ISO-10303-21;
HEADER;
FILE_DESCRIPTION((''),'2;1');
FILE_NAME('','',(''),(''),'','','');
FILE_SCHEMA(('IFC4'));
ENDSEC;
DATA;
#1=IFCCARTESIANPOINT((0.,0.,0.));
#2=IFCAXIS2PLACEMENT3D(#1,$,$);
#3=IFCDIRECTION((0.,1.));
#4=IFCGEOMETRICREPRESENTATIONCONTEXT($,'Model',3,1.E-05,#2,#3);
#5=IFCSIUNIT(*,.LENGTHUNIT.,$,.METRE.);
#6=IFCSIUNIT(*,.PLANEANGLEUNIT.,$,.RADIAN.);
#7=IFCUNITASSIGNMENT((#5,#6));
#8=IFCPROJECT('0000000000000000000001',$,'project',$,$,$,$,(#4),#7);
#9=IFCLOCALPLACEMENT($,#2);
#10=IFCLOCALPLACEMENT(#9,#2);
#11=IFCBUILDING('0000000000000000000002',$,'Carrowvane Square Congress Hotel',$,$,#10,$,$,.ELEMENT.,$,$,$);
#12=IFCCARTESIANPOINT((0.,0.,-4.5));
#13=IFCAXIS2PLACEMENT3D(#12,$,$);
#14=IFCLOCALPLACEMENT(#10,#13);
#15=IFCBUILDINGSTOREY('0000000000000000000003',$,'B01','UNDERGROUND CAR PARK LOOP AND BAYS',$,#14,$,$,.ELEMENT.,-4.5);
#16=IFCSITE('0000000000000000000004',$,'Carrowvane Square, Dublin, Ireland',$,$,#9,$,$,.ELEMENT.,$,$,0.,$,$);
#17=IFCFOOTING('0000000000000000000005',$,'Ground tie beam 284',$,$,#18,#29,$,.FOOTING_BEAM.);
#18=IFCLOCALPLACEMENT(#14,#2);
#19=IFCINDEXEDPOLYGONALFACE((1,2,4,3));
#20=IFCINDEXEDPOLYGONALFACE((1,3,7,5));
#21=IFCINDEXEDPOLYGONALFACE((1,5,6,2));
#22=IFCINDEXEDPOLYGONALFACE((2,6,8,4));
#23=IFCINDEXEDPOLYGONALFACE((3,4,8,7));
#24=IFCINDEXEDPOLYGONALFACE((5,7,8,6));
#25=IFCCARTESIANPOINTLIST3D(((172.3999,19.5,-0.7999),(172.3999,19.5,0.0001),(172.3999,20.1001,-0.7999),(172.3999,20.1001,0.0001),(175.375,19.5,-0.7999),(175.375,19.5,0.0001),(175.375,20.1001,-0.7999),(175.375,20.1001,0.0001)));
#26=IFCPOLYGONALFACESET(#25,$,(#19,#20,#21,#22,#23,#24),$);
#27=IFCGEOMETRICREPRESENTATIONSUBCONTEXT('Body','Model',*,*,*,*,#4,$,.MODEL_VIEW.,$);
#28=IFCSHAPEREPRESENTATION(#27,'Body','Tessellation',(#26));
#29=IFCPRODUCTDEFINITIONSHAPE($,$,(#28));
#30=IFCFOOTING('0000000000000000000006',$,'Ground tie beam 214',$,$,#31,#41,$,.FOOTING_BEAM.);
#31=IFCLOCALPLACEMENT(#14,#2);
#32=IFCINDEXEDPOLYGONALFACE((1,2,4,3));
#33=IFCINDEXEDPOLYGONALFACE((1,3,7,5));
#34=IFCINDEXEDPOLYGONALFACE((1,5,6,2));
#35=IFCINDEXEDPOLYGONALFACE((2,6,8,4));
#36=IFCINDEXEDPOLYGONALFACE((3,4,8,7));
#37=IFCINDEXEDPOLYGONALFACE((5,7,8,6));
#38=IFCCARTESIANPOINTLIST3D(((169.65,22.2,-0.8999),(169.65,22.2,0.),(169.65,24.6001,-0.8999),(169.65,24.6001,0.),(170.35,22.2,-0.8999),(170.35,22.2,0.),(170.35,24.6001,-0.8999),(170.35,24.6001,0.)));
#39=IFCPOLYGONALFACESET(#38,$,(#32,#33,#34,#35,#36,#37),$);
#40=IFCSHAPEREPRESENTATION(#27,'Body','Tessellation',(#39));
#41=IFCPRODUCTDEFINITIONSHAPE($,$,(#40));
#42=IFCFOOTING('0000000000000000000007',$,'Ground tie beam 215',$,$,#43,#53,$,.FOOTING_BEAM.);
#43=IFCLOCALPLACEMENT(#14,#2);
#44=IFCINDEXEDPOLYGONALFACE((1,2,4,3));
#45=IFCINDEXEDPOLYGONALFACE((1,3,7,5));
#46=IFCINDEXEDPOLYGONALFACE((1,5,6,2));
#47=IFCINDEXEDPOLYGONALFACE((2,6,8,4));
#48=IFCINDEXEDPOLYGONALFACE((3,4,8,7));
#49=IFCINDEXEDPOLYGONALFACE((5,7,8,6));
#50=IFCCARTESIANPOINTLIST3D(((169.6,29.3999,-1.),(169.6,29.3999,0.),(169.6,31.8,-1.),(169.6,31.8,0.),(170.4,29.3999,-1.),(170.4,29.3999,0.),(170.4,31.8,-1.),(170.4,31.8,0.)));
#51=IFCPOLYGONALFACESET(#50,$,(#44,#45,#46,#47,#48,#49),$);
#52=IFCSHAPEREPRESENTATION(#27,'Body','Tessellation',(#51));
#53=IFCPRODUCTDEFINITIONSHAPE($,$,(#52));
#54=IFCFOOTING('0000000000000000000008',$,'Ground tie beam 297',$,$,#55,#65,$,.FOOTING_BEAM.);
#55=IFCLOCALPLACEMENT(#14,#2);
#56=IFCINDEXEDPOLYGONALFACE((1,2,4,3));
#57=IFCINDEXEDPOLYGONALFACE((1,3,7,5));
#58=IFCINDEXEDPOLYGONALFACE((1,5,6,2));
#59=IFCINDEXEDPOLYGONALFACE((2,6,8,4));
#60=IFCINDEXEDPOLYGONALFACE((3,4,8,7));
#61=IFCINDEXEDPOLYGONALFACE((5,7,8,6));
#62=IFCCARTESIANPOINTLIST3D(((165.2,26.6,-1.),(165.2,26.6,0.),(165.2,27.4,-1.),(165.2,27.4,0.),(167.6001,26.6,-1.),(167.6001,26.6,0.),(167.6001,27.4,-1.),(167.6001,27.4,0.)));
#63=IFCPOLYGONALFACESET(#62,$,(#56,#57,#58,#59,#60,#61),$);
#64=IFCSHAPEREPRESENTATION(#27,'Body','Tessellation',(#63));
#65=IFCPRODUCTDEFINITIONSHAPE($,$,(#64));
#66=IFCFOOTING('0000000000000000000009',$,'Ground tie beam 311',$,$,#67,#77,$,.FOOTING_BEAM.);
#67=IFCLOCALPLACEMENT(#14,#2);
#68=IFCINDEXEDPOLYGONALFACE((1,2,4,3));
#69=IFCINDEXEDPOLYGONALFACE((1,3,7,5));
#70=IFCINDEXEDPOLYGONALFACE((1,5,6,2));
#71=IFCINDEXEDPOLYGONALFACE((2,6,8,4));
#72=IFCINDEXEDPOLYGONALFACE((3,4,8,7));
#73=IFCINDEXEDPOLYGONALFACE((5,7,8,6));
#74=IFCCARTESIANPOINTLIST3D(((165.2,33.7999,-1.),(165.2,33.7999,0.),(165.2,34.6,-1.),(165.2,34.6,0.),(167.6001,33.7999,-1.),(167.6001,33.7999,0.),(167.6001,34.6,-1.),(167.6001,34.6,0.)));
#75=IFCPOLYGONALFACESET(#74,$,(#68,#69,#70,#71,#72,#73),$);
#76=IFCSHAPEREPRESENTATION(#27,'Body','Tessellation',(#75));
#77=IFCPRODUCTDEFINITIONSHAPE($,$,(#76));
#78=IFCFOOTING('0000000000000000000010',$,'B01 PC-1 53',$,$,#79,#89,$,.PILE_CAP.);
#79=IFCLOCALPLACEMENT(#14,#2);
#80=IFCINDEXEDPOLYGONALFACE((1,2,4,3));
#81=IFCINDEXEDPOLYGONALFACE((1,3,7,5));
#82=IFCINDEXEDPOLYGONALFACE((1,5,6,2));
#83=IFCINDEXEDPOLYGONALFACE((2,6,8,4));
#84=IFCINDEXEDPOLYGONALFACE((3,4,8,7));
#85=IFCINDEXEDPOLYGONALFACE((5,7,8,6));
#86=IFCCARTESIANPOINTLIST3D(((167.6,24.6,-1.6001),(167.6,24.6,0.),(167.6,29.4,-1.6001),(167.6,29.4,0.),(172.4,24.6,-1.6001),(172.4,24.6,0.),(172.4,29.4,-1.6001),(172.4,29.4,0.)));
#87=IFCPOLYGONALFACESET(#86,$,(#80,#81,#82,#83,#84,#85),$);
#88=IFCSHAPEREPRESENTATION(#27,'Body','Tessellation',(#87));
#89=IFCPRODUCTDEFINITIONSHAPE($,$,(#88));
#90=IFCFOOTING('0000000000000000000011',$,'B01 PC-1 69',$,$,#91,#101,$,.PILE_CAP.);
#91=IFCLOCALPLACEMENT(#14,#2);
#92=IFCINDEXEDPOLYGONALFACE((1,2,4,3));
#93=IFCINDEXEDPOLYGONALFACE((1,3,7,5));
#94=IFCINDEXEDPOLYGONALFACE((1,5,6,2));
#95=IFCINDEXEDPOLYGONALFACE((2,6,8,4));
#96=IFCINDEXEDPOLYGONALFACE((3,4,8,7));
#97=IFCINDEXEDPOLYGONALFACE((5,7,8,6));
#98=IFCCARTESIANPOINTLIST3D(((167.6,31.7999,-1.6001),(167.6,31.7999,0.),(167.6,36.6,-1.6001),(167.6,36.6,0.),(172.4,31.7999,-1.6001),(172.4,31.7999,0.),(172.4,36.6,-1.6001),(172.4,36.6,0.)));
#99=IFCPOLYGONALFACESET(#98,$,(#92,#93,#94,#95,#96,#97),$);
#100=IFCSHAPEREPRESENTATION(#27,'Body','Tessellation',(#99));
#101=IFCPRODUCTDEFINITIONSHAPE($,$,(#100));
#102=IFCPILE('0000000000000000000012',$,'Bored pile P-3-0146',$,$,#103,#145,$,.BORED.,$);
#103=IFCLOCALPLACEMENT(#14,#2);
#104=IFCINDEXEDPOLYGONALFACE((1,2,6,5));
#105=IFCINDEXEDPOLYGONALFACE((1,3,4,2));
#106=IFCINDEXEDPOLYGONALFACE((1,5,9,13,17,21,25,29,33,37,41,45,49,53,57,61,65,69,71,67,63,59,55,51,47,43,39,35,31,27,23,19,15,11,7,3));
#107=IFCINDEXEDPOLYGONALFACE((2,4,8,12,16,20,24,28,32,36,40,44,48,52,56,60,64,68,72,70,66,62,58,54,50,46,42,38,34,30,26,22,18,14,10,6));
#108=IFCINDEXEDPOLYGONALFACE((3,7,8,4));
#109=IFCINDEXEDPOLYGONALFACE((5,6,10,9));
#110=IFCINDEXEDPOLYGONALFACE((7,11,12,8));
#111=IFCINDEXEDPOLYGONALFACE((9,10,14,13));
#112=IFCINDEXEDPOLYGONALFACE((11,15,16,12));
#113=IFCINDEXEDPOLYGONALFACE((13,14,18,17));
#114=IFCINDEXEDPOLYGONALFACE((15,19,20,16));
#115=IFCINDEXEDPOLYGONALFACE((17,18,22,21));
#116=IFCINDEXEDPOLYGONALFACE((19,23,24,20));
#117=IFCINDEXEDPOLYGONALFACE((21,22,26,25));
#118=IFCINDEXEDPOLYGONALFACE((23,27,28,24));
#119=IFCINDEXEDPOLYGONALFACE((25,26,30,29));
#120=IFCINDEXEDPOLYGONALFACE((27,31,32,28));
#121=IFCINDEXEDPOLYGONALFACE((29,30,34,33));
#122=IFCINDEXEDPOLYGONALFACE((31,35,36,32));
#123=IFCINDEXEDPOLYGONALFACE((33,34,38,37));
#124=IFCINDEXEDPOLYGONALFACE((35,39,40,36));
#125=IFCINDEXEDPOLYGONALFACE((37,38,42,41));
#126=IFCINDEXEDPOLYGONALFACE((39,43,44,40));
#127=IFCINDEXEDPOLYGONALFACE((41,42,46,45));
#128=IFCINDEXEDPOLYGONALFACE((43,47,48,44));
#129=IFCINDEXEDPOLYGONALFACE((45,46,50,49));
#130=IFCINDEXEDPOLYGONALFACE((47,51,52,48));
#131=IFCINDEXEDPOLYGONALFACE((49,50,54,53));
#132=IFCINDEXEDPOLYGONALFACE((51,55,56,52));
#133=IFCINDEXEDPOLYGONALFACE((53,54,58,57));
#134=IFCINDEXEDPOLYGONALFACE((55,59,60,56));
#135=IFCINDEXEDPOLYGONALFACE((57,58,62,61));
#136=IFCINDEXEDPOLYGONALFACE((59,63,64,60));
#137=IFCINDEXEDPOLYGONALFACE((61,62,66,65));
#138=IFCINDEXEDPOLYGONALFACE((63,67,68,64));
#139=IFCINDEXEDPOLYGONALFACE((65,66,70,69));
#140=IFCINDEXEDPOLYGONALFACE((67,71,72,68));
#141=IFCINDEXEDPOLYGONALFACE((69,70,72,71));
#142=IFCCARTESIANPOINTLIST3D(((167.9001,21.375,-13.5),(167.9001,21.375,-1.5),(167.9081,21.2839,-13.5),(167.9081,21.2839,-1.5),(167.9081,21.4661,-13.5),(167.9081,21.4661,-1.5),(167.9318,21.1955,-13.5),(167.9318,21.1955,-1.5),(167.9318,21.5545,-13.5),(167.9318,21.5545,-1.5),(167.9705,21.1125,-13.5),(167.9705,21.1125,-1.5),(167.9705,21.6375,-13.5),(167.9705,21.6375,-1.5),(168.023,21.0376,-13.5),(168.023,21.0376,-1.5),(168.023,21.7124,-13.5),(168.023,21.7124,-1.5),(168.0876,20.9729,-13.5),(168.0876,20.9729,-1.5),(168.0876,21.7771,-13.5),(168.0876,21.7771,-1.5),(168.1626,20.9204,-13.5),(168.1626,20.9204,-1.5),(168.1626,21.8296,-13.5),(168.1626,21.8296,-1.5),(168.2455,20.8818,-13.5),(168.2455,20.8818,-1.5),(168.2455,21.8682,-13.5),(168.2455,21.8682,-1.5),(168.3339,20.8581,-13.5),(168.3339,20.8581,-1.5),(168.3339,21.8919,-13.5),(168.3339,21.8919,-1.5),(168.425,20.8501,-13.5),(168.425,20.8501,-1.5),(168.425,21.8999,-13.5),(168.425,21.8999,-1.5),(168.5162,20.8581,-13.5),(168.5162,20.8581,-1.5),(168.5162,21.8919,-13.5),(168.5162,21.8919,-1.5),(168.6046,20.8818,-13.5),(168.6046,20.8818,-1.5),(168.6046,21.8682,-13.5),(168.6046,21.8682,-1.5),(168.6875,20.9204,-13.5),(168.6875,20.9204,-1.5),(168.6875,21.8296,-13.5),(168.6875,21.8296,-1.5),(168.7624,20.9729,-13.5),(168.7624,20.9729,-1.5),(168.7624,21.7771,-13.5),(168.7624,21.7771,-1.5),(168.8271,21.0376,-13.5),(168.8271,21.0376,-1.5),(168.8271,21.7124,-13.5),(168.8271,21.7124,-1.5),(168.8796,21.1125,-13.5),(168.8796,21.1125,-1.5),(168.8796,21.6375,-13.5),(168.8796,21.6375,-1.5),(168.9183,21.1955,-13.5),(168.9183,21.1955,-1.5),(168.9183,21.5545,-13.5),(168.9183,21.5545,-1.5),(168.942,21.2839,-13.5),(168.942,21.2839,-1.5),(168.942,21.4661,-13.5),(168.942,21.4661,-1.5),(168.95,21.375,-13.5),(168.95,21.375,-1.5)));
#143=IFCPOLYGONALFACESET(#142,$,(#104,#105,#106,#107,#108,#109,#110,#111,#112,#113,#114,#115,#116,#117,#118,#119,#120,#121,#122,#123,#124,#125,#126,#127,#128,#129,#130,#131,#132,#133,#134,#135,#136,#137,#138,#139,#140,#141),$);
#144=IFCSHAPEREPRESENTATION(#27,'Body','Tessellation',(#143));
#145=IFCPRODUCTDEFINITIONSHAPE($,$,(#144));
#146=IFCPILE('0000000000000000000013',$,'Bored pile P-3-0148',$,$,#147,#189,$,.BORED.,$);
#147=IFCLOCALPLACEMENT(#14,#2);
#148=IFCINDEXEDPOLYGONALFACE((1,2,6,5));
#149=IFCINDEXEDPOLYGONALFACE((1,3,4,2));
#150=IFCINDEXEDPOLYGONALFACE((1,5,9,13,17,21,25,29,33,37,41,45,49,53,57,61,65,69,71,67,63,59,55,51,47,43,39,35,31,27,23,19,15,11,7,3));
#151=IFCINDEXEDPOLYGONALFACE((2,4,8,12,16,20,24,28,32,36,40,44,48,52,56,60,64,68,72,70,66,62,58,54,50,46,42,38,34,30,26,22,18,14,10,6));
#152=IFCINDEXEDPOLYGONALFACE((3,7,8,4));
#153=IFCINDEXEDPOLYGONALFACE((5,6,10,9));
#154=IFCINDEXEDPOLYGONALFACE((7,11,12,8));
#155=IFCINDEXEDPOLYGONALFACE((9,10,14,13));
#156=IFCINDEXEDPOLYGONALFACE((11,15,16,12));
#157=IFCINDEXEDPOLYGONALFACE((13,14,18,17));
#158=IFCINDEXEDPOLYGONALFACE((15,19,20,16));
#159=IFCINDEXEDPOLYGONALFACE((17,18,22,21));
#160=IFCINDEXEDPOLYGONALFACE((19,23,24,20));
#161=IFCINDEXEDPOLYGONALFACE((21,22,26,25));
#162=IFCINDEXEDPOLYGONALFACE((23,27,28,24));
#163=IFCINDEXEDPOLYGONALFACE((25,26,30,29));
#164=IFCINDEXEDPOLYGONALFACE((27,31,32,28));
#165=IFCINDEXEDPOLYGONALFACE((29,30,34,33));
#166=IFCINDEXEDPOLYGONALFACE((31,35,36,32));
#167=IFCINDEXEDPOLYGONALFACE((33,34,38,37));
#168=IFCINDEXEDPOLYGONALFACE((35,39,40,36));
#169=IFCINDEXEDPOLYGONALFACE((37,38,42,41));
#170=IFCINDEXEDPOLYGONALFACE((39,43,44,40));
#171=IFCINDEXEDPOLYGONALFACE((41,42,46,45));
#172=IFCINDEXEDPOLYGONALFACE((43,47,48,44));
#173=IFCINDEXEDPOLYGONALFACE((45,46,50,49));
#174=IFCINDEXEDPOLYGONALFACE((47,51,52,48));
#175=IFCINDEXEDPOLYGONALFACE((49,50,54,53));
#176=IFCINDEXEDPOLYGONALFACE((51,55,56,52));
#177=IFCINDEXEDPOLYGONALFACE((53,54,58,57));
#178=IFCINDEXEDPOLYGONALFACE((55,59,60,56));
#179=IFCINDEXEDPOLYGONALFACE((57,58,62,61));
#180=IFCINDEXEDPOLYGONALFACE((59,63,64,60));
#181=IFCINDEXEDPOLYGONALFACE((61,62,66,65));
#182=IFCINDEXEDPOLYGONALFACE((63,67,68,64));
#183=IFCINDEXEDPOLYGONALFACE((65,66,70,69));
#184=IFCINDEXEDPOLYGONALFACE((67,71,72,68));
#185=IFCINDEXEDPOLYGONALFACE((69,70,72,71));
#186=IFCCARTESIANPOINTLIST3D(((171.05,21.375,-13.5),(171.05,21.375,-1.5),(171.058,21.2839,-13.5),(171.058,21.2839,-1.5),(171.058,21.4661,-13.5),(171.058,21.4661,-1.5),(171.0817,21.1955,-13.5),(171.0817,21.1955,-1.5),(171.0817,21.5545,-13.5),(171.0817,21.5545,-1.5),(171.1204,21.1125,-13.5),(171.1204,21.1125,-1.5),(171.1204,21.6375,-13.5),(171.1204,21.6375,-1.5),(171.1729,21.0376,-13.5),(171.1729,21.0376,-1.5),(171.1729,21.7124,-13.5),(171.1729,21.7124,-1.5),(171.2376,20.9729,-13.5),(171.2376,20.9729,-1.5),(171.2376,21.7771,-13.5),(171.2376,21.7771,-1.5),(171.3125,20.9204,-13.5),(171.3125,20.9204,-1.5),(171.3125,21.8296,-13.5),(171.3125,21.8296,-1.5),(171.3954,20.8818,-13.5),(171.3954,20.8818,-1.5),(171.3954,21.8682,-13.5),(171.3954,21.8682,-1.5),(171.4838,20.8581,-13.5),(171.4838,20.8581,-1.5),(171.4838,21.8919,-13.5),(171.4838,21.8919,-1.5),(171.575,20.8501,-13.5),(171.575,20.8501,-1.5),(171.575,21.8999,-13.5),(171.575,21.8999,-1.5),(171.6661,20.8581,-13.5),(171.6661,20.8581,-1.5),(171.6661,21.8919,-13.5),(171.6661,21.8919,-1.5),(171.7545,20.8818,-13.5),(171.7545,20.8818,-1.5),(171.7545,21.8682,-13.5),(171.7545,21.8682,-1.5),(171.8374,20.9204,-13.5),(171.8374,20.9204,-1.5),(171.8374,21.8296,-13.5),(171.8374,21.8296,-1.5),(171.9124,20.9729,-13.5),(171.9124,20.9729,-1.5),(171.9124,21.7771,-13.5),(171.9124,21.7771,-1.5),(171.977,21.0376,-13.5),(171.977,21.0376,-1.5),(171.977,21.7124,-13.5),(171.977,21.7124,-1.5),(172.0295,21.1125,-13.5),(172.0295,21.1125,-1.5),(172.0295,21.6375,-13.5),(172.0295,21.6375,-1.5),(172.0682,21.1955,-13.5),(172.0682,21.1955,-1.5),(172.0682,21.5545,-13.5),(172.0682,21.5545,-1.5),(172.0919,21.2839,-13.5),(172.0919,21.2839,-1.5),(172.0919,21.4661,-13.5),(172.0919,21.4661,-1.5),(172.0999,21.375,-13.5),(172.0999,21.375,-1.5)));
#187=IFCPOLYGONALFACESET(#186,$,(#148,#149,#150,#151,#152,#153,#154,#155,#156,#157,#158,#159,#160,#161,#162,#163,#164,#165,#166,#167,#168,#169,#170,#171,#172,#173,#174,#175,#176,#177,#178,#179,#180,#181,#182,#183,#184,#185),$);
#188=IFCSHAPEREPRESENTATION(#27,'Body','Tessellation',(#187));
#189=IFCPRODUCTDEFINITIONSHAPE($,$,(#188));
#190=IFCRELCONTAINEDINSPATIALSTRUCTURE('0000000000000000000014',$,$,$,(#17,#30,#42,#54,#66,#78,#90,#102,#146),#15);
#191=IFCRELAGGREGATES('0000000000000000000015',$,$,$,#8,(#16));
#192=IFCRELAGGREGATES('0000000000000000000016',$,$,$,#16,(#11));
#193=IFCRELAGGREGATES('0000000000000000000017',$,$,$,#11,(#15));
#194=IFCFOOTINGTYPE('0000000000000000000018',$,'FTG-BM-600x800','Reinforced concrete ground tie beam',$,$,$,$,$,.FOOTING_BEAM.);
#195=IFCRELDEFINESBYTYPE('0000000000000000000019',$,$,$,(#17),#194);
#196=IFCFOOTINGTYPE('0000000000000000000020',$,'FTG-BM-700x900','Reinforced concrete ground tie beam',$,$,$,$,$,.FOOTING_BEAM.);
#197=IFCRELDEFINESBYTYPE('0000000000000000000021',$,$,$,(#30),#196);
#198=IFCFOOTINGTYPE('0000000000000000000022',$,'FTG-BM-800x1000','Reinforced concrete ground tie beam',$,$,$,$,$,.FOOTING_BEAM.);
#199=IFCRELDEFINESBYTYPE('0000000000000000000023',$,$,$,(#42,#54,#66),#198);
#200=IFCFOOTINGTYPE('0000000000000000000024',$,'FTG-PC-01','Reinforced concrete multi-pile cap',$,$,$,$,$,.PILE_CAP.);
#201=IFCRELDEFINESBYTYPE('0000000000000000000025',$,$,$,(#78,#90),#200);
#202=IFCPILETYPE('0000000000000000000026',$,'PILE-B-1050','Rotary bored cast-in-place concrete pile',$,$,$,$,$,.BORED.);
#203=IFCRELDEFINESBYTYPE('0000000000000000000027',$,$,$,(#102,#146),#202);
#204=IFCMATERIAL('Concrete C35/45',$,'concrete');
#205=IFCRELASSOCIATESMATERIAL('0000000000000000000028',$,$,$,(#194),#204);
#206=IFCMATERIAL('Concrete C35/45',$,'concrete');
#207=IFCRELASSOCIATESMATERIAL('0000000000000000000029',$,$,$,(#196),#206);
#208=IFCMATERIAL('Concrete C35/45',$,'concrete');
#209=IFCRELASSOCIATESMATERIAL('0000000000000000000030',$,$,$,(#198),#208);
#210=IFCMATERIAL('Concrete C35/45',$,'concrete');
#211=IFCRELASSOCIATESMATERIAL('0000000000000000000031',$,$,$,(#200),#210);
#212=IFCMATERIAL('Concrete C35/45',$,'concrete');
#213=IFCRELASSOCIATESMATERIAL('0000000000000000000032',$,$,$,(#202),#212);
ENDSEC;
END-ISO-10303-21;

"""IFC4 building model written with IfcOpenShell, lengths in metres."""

from ifc_helpers import new_model, si_unit, direction, frame, origin, origin_2d, place, context, subcontext, project, spatial, rectangle, circle, extrude, material, material_profile, profile_set, type_object, element, save


model = new_model("IFC4")

# Units and contexts
model_context = context("Model", 3, precision=1e-05, world=origin(), true_north=direction((0.0, 1.0)))
body_context = subcontext(model_context, "Body", "Model", "MODEL_VIEW")
ifc_project = project(units=[si_unit("LENGTHUNIT", "METRE"), si_unit("PLANEANGLEUNIT", "RADIAN")], contexts=[model_context])

# Site, building, storey
site_placement = place(None, origin())
site = spatial("IfcSite", under=ifc_project, at=site_placement, Name="Carrowvane Square, Dublin, Ireland", CompositionType="ELEMENT", RefElevation=0.0)
building_placement = place(site_placement, origin())
building = spatial("IfcBuilding", under=site, at=building_placement, Name="Carrowvane Square Congress Hotel", CompositionType="ELEMENT")
storey_placement = place(building_placement, frame((0.0, 0.0, -4.5)))
storey = spatial("IfcBuildingStorey", under=building, at=storey_placement, Name="B01", Description="UNDERGROUND CAR PARK LOOP AND BAYS", CompositionType="ELEMENT", Elevation=-4.5)

# Footings
ifc_material_1 = material(Name="Concrete C35/45", Category="concrete")
ifc_material_profile_1 = material_profile(ifc_material_1, rectangle(XDim=0.6001, YDim=0.8, at=origin_2d()), Name="RC 600x800")
ifc_profile_set_1 = profile_set([ifc_material_profile_1], Name="Concrete C35/45")
footing_type_1 = type_object("IfcFootingType", Name="FTG-BM-600x800", Description="Reinforced concrete ground tie beam", PredefinedType="FOOTING_BEAM", material=ifc_profile_set_1)
footing_1_placement = place(storey_placement, frame((172.3999, 19.8, -0.3999), z_axis=(1.0, 0.0, 0.0), x_axis=(0.0, 1.0, 0.0)))
element("IfcFooting", 1, at=footing_1_placement, inside=storey, type_object=footing_type_1, Name="Ground tie beam 284", PredefinedType="FOOTING_BEAM", context=body_context, shape_type="SweptSolid", body=[
    extrude(rectangle(XDim=0.6001, YDim=0.8, at=origin_2d()), origin(), (0.0, 0.0, 1.0), 2.9751),
])
ifc_material_2 = material(Name="Concrete C35/45", Category="concrete")
ifc_material_profile_2 = material_profile(ifc_material_2, rectangle(XDim=0.7, YDim=0.8999, at=origin_2d()), Name="RC 700x900")
ifc_profile_set_2 = profile_set([ifc_material_profile_2], Name="Concrete C35/45")
footing_type_2 = type_object("IfcFootingType", Name="FTG-BM-700x900", Description="Reinforced concrete ground tie beam", PredefinedType="FOOTING_BEAM", material=ifc_profile_set_2)
footing_2_placement = place(storey_placement, frame((170.0, 22.2, -0.45), z_axis=(0.0, 1.0, 0.0), x_axis=(-1.0, 0.0, 0.0)))
element("IfcFooting", 2, at=footing_2_placement, inside=storey, type_object=footing_type_2, Name="Ground tie beam 214", PredefinedType="FOOTING_BEAM", context=body_context, shape_type="SweptSolid", body=[
    extrude(rectangle(XDim=0.7, YDim=0.8999, at=origin_2d()), origin(), (0.0, 0.0, 1.0), 2.4001),
])
ifc_material_3 = material(Name="Concrete C35/45", Category="concrete")
ifc_material_profile_3 = material_profile(ifc_material_3, rectangle(XDim=0.8, YDim=1.0, at=origin_2d()), Name="RC 800x1000")
ifc_profile_set_3 = profile_set([ifc_material_profile_3], Name="Concrete C35/45")
footing_type_3 = type_object("IfcFootingType", Name="FTG-BM-800x1000", Description="Reinforced concrete ground tie beam", PredefinedType="FOOTING_BEAM", material=ifc_profile_set_3)
for number, where, z_axis, x_axis, name in (
    (3, (170.0, 29.3999, -0.5), (0.0, 1.0, 0.0), (-1.0, 0.0, 0.0), "Ground tie beam 215"),
    (4, (165.2, 27.0, -0.5), (1.0, 0.0, 0.0), (0.0, 1.0, 0.0), "Ground tie beam 297"),
    (5, (165.2, 34.2, -0.5), (1.0, 0.0, 0.0), (0.0, 1.0, 0.0), "Ground tie beam 311"),
):
    element("IfcFooting", number, at=place(storey_placement, frame(where, z_axis=z_axis, x_axis=x_axis)), inside=storey, type_object=footing_type_3, Name=name, PredefinedType="FOOTING_BEAM", context=body_context, shape_type="SweptSolid", body=[
        extrude(rectangle(XDim=0.8, YDim=1.0, at=origin_2d()), origin(), (0.0, 0.0, 1.0), 2.4001),
    ])
ifc_material_4 = material(Name="Concrete C35/45", Category="concrete")
footing_type_4 = type_object("IfcFootingType", Name="FTG-PC-01", Description="Reinforced concrete multi-pile cap", PredefinedType="PILE_CAP", material=ifc_material_4)
for number, where, z_axis, x_axis, name in (
    (6, (170.0, 27.0, -1.6001), (0.0, 0.0, 1.0), (1.0, 0.0, 0.0), "B01 PC-1 53"),
    (7, (170.0, 34.2, -1.6001), (0.0, 0.0, 1.0), (1.0, 0.0, 0.0), "B01 PC-1 69"),
):
    element("IfcFooting", number, at=place(storey_placement, frame(where, z_axis=z_axis, x_axis=x_axis)), inside=storey, type_object=footing_type_4, Name=name, PredefinedType="PILE_CAP", context=body_context, shape_type="SweptSolid", body=[
        extrude(rectangle(XDim=4.8, YDim=4.8, at=origin_2d()), origin(), (0.0, 0.0, 1.0), 1.6001),
    ])

# Piles
ifc_material_5 = material(Name="Concrete C35/45", Category="concrete")
ifc_material_profile_4 = material_profile(ifc_material_5, circle(Radius=0.5249, at=origin_2d()), Name="PILE D1050")
ifc_profile_set_4 = profile_set([ifc_material_profile_4], Name="Concrete C35/45")
pile_type = type_object("IfcPileType", Name="PILE-B-1050", Description="Rotary bored cast-in-place concrete pile", PredefinedType="BORED", material=ifc_profile_set_4)
for number, where, z_axis, x_axis, name in (
    (8, (168.425, 21.375, -1.5), (0.0, 0.0, -1.0), (1.0, 0.0, 0.0), "Bored pile P-3-0146"),
    (9, (171.575, 21.375, -1.5), (0.0, 0.0, -1.0), (1.0, 0.0, 0.0), "Bored pile P-3-0148"),
):
    element("IfcPile", number, at=place(storey_placement, frame(where, z_axis=z_axis, x_axis=x_axis)), inside=storey, type_object=pile_type, Name=name, PredefinedType="BORED", context=body_context, shape_type="SweptSolid", body=[
        extrude(circle(Radius=0.5249, at=origin_2d()), origin(), (0.0, 0.0, 1.0), 12.0),
    ])

save(model, "model.ifc")
